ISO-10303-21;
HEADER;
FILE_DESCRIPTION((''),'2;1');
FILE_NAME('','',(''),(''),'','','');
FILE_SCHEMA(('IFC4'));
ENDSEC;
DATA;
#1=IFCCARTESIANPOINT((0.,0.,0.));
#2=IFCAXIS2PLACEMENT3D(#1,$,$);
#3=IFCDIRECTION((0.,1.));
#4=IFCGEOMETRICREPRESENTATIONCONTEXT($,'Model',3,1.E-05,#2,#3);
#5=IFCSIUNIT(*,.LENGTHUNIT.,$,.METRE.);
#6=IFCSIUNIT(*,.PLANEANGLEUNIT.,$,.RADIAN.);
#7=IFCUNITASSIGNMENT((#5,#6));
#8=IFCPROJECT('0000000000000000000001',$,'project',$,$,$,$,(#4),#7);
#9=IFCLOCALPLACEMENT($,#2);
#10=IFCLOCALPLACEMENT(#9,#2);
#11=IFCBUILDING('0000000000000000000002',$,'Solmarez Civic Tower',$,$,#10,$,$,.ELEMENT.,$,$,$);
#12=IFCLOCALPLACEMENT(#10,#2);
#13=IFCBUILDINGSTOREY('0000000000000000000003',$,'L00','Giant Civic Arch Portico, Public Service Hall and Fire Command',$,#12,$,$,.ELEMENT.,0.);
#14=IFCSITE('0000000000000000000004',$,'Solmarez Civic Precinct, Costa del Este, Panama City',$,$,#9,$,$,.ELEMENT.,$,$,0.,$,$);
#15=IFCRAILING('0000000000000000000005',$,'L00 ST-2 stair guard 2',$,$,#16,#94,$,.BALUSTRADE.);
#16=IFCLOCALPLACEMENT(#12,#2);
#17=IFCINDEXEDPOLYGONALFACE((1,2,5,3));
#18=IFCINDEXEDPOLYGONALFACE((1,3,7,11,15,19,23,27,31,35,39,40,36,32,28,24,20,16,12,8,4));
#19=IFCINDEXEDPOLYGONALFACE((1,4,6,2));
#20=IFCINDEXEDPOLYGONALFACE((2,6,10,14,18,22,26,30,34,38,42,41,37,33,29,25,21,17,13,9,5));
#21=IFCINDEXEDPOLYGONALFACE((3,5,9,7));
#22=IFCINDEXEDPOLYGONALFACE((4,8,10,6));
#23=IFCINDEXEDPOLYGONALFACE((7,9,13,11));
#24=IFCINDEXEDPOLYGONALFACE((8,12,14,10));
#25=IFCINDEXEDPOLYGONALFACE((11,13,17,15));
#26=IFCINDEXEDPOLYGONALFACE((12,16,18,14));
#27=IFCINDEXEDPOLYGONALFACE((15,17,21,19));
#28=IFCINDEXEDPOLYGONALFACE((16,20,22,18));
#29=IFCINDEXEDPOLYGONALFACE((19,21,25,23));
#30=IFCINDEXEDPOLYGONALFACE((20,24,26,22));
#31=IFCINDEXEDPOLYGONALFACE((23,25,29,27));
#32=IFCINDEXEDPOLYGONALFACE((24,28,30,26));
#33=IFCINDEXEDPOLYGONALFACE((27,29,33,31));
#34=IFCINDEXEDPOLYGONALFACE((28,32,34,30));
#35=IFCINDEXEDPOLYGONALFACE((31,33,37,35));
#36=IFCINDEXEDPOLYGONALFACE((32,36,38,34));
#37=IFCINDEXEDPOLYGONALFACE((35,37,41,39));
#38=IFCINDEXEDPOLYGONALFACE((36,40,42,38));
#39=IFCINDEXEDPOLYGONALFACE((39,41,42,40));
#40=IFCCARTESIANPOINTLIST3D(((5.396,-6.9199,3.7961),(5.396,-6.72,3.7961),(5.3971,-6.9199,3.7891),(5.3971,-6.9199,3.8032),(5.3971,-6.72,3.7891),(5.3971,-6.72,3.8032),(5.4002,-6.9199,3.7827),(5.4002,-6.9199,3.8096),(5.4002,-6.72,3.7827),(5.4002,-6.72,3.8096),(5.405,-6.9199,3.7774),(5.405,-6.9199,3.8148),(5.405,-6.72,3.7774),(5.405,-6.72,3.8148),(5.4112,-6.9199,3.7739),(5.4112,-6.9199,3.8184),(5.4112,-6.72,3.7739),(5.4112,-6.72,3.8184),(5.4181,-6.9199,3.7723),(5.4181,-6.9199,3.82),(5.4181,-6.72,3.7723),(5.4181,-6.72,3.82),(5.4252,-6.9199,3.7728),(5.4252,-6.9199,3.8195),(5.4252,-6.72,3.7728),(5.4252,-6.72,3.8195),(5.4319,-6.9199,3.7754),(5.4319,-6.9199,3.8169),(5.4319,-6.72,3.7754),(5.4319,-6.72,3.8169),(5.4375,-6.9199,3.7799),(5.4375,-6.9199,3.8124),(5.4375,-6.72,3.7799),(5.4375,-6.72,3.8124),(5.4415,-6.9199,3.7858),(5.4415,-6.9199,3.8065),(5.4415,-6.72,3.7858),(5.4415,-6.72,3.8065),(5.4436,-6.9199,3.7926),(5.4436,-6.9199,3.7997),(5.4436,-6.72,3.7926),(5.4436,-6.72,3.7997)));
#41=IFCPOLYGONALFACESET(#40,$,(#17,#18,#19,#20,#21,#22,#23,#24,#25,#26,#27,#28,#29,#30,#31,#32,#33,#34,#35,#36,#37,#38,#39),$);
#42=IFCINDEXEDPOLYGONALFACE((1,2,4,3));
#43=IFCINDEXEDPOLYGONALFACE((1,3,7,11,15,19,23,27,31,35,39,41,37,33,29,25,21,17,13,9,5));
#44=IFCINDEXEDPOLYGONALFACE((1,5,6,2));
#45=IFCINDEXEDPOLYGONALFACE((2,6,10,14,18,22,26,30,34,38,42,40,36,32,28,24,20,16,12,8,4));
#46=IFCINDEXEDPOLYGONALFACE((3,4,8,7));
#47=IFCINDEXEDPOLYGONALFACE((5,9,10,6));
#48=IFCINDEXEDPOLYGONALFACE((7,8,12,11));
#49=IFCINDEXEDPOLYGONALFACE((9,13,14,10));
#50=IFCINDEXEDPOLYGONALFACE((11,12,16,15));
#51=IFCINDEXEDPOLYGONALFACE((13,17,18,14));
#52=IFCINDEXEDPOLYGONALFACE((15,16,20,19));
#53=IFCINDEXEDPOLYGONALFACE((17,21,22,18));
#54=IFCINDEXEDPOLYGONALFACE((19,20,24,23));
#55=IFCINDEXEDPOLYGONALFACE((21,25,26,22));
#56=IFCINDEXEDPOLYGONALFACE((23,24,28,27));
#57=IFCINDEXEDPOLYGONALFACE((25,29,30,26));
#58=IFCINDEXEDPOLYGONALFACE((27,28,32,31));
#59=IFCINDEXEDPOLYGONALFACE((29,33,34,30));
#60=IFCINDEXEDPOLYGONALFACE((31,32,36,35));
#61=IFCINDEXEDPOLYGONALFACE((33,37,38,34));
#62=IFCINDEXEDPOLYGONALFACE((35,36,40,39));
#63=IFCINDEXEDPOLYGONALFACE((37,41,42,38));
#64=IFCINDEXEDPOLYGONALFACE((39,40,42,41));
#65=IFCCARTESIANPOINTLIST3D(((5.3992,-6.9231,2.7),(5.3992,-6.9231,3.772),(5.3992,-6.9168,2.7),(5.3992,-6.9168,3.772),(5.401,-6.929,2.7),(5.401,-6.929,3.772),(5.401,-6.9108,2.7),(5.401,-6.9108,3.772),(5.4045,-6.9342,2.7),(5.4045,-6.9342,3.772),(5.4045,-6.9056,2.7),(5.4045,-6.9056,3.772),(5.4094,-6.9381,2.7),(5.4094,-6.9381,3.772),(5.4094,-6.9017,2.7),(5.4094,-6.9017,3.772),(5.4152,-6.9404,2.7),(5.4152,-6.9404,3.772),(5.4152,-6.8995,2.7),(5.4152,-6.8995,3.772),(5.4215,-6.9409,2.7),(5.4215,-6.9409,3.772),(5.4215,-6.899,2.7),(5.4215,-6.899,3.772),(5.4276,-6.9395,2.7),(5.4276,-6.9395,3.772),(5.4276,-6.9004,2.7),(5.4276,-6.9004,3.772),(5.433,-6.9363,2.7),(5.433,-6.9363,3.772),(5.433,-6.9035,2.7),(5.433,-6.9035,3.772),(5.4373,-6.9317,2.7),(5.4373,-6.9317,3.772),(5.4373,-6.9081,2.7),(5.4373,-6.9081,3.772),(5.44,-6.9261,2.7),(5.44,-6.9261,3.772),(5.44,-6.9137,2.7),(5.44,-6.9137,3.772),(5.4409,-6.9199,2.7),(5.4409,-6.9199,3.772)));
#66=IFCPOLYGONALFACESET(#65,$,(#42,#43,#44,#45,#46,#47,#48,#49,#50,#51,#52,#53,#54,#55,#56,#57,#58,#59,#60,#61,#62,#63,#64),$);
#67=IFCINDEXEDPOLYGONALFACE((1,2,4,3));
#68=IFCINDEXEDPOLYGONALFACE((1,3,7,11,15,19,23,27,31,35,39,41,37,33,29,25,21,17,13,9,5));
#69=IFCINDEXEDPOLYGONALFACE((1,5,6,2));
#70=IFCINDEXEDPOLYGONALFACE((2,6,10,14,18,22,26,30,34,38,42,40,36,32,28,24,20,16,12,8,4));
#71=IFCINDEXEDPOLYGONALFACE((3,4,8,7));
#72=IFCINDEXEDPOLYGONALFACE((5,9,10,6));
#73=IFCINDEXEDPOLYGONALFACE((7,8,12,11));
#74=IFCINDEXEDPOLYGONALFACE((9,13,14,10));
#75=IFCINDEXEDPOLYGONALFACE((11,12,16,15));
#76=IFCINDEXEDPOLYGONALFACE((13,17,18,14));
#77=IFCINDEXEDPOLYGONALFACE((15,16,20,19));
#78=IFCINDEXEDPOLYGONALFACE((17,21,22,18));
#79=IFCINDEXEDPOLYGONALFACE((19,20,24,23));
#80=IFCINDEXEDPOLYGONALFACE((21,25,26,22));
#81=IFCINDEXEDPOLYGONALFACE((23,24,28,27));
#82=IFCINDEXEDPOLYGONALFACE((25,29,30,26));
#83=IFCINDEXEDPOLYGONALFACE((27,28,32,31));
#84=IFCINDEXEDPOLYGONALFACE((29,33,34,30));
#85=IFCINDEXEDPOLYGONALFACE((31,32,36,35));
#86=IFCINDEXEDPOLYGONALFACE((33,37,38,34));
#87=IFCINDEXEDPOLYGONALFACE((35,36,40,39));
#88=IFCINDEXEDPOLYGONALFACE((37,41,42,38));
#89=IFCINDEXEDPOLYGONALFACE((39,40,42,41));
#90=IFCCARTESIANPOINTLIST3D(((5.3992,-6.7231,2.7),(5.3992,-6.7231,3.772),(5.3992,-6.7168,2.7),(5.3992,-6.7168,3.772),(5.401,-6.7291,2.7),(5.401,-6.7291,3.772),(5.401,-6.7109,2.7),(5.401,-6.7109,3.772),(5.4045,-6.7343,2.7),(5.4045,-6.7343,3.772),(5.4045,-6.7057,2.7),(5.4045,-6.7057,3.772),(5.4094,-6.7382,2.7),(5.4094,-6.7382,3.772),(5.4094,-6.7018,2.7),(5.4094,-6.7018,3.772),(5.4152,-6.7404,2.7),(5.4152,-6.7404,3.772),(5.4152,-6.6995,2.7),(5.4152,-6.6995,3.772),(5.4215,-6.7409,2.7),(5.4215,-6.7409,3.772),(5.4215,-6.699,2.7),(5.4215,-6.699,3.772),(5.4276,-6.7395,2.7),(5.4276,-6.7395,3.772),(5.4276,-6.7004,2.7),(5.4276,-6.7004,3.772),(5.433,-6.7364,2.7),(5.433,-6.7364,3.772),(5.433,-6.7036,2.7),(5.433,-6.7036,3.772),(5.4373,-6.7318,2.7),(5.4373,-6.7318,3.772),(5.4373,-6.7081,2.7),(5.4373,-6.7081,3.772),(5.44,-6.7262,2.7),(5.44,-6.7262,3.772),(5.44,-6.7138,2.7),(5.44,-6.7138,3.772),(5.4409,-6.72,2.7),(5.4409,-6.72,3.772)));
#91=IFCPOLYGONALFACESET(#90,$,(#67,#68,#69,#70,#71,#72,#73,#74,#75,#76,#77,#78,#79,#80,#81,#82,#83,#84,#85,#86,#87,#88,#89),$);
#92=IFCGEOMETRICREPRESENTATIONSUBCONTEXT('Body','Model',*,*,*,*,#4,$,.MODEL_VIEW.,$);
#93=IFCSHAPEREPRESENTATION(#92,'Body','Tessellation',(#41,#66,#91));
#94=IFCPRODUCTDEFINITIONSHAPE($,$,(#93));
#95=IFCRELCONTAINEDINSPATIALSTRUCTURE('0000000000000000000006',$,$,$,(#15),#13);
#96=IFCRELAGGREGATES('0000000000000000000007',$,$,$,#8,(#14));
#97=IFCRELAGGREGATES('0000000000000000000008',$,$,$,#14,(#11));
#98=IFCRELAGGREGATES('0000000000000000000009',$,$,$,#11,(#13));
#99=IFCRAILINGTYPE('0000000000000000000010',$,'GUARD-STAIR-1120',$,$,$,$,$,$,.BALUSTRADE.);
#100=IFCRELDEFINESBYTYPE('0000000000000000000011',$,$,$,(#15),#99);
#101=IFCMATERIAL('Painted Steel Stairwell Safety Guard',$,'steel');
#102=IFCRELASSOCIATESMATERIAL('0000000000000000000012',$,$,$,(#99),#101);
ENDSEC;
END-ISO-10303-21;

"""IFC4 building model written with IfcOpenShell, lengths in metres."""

from ifc_helpers import new_model, si_unit, direction, frame, origin, origin_2d, place, context, subcontext, project, spatial, circle, extrude, material, type_object, element, save


model = new_model("IFC4")

# Units and contexts
model_context = context("Model", 3, precision=1e-05, world=origin(), true_north=direction((0.0, 1.0)))
body_context = subcontext(model_context, "Body", "Model", "MODEL_VIEW")
ifc_project = project(units=[si_unit("LENGTHUNIT", "METRE"), si_unit("PLANEANGLEUNIT", "RADIAN")], contexts=[model_context])

# Site, building, storey
site_placement = place(None, origin())
site = spatial("IfcSite", under=ifc_project, at=site_placement, Name="Solmarez Civic Precinct, Costa del Este, Panama City", CompositionType="ELEMENT", RefElevation=0.0)
building_placement = place(site_placement, origin())
building = spatial("IfcBuilding", under=site, at=building_placement, Name="Solmarez Civic Tower", CompositionType="ELEMENT")
storey_placement = place(building_placement, origin())
storey = spatial("IfcBuildingStorey", under=building, at=storey_placement, Name="L00", Description="Giant Civic Arch Portico, Public Service Hall and Fire Command", CompositionType="ELEMENT", Elevation=0.0)

# Railing
ifc_material_1 = material(Name="Painted Steel Stairwell Safety Guard", Category="steel")
railing_type_1 = type_object("IfcRailingType", Name="GUARD-STAIR-1120", PredefinedType="BALUSTRADE", material=ifc_material_1)
railing_1_placement = place(storey_placement, frame((5.4199, -6.9199, 2.7)))
element("IfcRailing", 1, at=railing_1_placement, inside=storey, type_object=railing_type_1, Name="L00 ST-2 stair guard 2", PredefinedType="BALUSTRADE", context=body_context, shape_type="SweptSolid", body=[
    extrude(circle(Radius=0.0239, at=origin_2d()), frame((0.0, 0.0, 1.0962), z_axis=(0.0, 1.0, 0.0), x_axis=(-1.0, 0.0, 0.0)), (0.0, 0.0, 1.0), 0.2),
    extrude(circle(Radius=0.021, at=origin_2d()), origin(), (0.0, 0.0, 1.0), 1.072),
    extrude(circle(Radius=0.021, at=origin_2d()), frame((0.0, 0.2, 0.0)), (0.0, 0.0, 1.0), 1.072),
])

save(model, "model.ifc")
